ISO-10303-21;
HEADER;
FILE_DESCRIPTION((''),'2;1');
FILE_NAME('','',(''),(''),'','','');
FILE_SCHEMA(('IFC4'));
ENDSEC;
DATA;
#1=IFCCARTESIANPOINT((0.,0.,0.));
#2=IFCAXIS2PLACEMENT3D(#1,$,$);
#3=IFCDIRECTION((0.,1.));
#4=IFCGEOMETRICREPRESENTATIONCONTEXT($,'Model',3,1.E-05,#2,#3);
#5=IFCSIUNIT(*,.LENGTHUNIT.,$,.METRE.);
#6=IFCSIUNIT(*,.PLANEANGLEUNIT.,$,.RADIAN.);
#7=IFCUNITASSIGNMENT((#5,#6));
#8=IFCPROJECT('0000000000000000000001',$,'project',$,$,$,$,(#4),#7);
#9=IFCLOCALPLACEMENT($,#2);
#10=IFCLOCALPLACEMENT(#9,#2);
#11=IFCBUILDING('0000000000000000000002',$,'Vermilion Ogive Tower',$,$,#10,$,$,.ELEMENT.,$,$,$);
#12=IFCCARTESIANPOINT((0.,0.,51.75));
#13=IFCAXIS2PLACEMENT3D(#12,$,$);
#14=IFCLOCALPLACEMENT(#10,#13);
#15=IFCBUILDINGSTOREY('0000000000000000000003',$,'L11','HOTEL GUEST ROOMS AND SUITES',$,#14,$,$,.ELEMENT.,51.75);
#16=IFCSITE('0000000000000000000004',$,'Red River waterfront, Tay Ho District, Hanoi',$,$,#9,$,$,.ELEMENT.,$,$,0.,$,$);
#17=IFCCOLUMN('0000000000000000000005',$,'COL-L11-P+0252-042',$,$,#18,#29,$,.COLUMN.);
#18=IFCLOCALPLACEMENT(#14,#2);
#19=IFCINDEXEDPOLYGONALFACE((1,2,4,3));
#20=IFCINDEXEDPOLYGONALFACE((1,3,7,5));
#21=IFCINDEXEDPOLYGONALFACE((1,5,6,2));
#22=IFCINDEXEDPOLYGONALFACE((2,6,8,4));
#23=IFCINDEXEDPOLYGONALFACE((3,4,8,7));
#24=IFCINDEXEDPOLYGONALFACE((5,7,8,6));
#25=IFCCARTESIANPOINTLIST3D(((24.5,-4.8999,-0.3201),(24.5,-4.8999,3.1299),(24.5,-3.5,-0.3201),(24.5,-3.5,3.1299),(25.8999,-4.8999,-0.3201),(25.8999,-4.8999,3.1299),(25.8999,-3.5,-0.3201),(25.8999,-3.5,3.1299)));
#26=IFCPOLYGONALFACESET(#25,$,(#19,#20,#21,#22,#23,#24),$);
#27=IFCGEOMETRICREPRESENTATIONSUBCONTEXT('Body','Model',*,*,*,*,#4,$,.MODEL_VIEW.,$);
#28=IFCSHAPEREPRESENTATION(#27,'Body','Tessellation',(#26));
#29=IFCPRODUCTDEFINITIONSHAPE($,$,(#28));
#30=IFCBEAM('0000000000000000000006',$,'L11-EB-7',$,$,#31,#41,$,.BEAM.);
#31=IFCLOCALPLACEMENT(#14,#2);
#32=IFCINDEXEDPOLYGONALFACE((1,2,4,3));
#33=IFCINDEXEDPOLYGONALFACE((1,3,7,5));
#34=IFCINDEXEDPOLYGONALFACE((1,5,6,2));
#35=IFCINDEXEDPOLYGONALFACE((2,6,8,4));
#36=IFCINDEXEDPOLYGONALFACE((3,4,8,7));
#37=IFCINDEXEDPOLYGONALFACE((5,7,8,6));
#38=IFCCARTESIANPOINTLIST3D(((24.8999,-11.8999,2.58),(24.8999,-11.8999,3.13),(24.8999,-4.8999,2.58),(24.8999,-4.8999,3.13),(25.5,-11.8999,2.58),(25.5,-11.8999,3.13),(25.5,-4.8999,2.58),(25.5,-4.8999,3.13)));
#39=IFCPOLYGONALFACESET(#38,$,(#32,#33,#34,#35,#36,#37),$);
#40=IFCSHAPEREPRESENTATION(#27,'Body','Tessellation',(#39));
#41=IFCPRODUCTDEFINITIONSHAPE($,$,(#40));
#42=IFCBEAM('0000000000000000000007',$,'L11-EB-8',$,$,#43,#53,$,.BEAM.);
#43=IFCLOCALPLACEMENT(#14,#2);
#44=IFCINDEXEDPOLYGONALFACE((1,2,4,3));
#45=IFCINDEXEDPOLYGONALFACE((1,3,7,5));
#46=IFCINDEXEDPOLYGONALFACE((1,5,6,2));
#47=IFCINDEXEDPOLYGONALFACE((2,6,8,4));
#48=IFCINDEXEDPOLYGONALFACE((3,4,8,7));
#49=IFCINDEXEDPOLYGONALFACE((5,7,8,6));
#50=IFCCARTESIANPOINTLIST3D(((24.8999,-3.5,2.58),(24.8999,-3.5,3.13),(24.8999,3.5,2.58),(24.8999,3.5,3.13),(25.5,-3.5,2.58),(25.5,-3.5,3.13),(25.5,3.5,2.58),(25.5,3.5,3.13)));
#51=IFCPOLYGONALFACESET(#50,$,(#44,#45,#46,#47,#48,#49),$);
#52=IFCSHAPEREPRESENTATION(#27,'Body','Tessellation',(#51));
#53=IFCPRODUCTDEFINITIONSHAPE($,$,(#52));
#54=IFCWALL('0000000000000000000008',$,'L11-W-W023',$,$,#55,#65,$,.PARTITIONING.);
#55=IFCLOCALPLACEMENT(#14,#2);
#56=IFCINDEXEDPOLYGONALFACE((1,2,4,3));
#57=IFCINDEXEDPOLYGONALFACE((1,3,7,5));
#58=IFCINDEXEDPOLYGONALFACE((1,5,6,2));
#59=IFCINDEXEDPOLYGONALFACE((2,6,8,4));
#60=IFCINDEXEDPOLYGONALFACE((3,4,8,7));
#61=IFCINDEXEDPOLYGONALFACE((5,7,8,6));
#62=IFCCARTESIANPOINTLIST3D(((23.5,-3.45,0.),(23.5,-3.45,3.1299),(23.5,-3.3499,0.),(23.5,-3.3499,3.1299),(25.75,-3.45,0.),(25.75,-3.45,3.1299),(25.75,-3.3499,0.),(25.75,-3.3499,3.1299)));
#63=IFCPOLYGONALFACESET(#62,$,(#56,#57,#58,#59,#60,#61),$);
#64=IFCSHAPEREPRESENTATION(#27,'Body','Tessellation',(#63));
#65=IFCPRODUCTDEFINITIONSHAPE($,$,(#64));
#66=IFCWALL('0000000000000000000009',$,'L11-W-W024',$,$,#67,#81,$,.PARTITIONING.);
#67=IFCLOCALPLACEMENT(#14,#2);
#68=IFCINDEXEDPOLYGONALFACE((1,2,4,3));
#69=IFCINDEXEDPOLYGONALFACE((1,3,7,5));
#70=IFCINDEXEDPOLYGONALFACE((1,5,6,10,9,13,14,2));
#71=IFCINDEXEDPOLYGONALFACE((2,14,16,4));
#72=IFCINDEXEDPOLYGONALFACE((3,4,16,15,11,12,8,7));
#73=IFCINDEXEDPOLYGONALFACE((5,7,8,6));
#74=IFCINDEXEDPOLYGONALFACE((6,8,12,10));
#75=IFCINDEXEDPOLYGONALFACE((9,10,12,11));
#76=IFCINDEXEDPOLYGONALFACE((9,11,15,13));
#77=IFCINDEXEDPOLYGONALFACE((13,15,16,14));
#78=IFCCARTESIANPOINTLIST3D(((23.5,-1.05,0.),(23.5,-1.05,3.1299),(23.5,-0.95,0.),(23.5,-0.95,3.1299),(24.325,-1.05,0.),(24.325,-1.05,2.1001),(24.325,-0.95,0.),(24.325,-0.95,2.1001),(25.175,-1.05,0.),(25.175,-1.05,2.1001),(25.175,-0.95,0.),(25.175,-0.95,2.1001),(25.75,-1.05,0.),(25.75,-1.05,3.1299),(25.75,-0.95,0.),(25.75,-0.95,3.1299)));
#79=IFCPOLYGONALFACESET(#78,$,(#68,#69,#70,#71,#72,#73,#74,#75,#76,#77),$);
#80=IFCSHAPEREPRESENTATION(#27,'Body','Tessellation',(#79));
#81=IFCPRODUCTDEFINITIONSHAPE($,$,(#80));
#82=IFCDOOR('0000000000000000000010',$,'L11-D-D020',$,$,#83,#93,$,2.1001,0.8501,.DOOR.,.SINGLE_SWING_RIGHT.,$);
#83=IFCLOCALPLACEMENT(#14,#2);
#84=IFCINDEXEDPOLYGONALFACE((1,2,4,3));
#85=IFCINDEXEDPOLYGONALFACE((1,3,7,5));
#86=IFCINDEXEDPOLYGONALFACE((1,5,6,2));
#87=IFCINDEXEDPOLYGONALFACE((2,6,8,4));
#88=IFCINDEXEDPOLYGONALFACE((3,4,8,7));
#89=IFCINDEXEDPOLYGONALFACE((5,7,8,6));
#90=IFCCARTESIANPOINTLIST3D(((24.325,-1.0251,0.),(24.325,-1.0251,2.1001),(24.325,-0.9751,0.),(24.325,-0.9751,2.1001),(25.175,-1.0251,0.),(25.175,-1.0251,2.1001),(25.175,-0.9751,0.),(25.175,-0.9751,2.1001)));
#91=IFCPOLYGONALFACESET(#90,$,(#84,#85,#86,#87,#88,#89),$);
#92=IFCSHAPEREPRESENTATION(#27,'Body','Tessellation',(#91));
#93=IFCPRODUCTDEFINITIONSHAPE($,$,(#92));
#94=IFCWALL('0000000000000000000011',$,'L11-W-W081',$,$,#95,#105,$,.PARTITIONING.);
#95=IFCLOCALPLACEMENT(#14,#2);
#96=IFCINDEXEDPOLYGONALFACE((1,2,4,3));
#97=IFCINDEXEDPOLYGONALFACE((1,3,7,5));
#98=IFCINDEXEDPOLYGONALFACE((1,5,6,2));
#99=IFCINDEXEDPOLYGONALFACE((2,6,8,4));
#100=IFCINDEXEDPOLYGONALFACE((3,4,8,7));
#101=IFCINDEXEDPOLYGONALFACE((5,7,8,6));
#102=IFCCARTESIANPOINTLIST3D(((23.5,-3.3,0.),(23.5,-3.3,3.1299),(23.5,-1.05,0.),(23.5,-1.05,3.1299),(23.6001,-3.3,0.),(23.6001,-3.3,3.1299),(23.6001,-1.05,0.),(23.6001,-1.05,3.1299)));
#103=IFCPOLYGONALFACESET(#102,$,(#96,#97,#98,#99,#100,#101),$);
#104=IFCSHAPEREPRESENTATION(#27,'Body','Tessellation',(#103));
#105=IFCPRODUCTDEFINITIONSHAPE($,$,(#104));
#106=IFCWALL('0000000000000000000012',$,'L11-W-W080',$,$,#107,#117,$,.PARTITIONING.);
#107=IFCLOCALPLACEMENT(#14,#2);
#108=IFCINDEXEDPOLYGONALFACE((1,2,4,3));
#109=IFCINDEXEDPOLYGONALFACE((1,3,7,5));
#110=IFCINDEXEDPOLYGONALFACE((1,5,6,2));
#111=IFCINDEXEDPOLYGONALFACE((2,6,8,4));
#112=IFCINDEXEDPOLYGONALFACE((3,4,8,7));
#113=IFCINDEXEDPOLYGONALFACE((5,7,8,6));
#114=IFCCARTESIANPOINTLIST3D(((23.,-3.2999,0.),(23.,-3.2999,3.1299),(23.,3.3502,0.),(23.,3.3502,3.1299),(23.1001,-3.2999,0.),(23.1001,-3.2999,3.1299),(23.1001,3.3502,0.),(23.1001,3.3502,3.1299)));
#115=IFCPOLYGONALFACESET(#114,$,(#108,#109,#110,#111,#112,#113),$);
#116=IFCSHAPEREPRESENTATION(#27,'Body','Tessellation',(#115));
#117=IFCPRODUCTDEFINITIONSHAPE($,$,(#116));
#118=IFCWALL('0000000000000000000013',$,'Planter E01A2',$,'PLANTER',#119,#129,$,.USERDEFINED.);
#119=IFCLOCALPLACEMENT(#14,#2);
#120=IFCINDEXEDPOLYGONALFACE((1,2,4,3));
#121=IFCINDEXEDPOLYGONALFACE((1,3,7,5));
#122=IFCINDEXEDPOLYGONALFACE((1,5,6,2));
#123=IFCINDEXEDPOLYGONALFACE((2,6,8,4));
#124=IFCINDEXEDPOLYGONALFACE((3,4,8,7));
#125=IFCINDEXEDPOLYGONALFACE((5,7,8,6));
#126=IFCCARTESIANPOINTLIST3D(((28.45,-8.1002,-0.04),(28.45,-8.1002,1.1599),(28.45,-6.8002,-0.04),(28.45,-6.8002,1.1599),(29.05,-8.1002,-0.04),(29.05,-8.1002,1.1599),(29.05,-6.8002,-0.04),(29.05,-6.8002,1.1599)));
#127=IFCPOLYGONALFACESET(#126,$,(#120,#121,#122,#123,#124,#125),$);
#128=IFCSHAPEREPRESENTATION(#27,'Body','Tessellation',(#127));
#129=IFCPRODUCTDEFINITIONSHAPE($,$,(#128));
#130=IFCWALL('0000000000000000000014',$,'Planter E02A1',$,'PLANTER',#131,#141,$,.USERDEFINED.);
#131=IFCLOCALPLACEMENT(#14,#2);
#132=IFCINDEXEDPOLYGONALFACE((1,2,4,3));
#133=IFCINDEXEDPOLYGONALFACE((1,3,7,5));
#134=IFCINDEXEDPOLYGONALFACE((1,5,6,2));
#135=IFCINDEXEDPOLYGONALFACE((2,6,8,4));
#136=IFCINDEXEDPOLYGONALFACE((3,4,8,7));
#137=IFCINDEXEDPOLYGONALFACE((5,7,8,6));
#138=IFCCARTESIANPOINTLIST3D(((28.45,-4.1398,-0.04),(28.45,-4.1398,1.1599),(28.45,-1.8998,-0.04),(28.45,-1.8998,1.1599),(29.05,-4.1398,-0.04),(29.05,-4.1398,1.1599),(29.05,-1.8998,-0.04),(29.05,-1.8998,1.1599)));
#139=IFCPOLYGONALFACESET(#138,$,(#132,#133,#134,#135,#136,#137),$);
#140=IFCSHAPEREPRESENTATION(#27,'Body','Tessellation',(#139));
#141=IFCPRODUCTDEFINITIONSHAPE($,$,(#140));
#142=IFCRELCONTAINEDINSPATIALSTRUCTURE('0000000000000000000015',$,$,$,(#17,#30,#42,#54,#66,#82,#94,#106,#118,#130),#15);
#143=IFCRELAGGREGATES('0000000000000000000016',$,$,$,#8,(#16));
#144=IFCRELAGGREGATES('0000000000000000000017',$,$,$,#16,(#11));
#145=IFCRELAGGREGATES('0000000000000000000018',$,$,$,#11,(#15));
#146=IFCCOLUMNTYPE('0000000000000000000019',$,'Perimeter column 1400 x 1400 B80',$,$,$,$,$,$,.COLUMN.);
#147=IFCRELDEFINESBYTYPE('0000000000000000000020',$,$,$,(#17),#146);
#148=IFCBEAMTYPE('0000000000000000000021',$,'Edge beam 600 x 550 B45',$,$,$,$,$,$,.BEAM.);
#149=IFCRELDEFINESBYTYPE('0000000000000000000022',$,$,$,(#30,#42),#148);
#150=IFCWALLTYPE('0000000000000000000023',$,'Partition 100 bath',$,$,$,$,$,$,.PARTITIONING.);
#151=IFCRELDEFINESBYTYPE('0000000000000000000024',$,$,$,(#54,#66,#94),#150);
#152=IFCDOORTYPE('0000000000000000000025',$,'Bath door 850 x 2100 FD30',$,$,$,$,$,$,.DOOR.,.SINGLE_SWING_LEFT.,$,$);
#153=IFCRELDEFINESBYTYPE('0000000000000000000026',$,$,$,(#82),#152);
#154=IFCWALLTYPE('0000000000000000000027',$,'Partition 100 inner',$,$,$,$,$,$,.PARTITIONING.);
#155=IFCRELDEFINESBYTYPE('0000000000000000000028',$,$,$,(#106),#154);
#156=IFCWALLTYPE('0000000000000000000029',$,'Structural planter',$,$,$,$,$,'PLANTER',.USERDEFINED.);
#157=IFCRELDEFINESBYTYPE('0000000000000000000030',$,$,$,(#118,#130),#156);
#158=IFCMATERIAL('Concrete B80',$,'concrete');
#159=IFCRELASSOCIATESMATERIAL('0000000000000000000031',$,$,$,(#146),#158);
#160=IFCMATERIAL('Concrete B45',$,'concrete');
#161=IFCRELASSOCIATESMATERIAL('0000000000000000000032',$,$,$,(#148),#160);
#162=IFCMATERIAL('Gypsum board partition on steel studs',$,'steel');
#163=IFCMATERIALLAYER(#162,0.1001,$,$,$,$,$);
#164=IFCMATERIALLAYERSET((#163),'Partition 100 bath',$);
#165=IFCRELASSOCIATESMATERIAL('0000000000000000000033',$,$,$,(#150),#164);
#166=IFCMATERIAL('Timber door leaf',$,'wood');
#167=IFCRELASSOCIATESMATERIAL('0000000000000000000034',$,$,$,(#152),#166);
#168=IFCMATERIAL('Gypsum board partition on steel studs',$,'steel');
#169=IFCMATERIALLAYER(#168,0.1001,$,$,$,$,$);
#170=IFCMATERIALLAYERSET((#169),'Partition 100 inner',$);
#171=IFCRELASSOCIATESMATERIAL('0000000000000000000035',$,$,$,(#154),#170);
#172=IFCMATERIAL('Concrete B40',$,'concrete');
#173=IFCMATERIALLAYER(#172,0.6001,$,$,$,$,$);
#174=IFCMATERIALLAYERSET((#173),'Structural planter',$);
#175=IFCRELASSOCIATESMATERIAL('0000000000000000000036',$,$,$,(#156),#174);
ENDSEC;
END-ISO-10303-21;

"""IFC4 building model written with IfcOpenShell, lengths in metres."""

from ifc_helpers import new_model, si_unit, direction, frame, frame_2d, origin, origin_2d, place, context, subcontext, project, spatial, rectangle, extrude, material, layer, layer_set, material_profile, profile_set, type_object, element, fill, save


model = new_model("IFC4")

# Units and contexts
model_context = context("Model", 3, precision=1e-05, world=origin(), true_north=direction((0.0, 1.0)))
body_context = subcontext(model_context, "Body", "Model", "MODEL_VIEW")
ifc_project = project(units=[si_unit("LENGTHUNIT", "METRE"), si_unit("PLANEANGLEUNIT", "RADIAN")], contexts=[model_context])

# Site, building, storey
site_placement = place(None, origin())
site = spatial("IfcSite", under=ifc_project, at=site_placement, Name="Red River waterfront, Tay Ho District, Hanoi", CompositionType="ELEMENT", RefElevation=0.0)
building_placement = place(site_placement, origin())
building = spatial("IfcBuilding", under=site, at=building_placement, Name="Vermilion Ogive Tower", CompositionType="ELEMENT")
storey_placement = place(building_placement, frame((0.0, 0.0, 51.75)))
storey = spatial("IfcBuildingStorey", under=building, at=storey_placement, Name="L11", Description="HOTEL GUEST ROOMS AND SUITES", CompositionType="ELEMENT", Elevation=51.75)

# Column
ifc_material_1 = material(Name="Concrete B80", Category="concrete")
ifc_material_profile_1 = material_profile(ifc_material_1, rectangle(XDim=1.3999, YDim=1.3999, at=origin_2d()), Name="1400 x 1400")
ifc_profile_set_1 = profile_set([ifc_material_profile_1], Name="Concrete B80")
column_type = type_object("IfcColumnType", Name="Perimeter column 1400 x 1400 B80", PredefinedType="COLUMN", material=ifc_profile_set_1)
column_placement = place(storey_placement, frame((25.2, -4.2, -0.3201), z_axis=(0.0, 0.0, 1.0), x_axis=(1.0, 0.0, 0.0)))
element("IfcColumn", 1, at=column_placement, inside=storey, type_object=column_type, Name="COL-L11-P+0252-042", PredefinedType="COLUMN", context=body_context, shape_type="SweptSolid", body=[
    extrude(rectangle(XDim=1.3999, YDim=1.3999, at=origin_2d()), origin(), (0.0, 0.0, 1.0), 3.45),
])

# Beams
ifc_material_2 = material(Name="Concrete B45", Category="concrete")
ifc_material_profile_2 = material_profile(ifc_material_2, rectangle(XDim=0.6001, YDim=0.55, at=origin_2d()), Name="600 x 550")
ifc_profile_set_2 = profile_set([ifc_material_profile_2], Name="Concrete B45")
beam_type = type_object("IfcBeamType", Name="Edge beam 600 x 550 B45", PredefinedType="BEAM", material=ifc_profile_set_2)
for number, where, z_axis, x_axis, name in (
    (2, (25.2, -11.8999, 2.855), (0.0, 1.0, 0.0), (-1.0, 0.0, 0.0), "L11-EB-7"),
    (3, (25.2, -3.5, 2.855), (0.0, 1.0, 0.0), (-1.0, 0.0, 0.0), "L11-EB-8"),
):
    element("IfcBeam", number, at=place(storey_placement, frame(where, z_axis=z_axis, x_axis=x_axis)), inside=storey, type_object=beam_type, Name=name, PredefinedType="BEAM", context=body_context, shape_type="SweptSolid", body=[
        extrude(rectangle(XDim=0.6001, YDim=0.55, at=origin_2d()), origin(), (0.0, 0.0, 1.0), 7.0),
    ])

# Wall
ifc_material_3 = material(Name="Gypsum board partition on steel studs", Category="steel")
ifc_layer_1 = layer(ifc_material_3, 0.1001)
ifc_layer_set_1 = layer_set([ifc_layer_1], Name="Partition 100 bath")
wall_type_1 = type_object("IfcWallType", Name="Partition 100 bath", PredefinedType="PARTITIONING", material=ifc_layer_set_1)
wall_1_placement = place(storey_placement, frame((23.5, -3.3999, 0.0), z_axis=(0.0, 0.0, 1.0), x_axis=(1.0, 0.0, 0.0)))
element("IfcWall", 4, at=wall_1_placement, inside=storey, type_object=wall_type_1, Name="L11-W-W023", PredefinedType="PARTITIONING", context=body_context, shape_type="SweptSolid", body=[
    extrude(rectangle(XDim=2.25, YDim=0.1001, at=frame_2d((1.125, 0.0))), origin(), (0.0, 0.0, 1.0), 3.1299),
])

# Wall, opening, door
wall_2_placement = place(storey_placement, frame((23.5, -1.0, 0.0), z_axis=(0.0, 0.0, 1.0), x_axis=(1.0, 0.0, 0.0)))
wall_2 = element("IfcWall", 5, at=wall_2_placement, inside=storey, type_object=wall_type_1, Name="L11-W-W024", PredefinedType="PARTITIONING", context=body_context, shape_type="SweptSolid", body=[
    extrude(rectangle(XDim=2.25, YDim=0.1001, at=frame_2d((1.125, 0.0))), origin(), (0.0, 0.0, 1.0), 3.1299),
])
opening_1_placement = place(wall_2_placement, frame((0.825, 0.0, 0.0)))
opening_1 = element("IfcOpeningElement", 6, at=opening_1_placement, cuts=wall_2, PredefinedType="OPENING", context=body_context, shape_type="SweptSolid", body=[
    extrude(rectangle(XDim=0.8501, YDim=2.1001, at=frame_2d((0.425, 1.05))), frame((0.0, 0.0601, 0.0), z_axis=(0.0, -1.0, 0.0), x_axis=(1.0, 0.0, 0.0)), (0.0, 0.0, 1.0), 0.1201),
])
ifc_material_4 = material(Name="Timber door leaf", Category="wood")
door_type_1 = type_object("IfcDoorType", Name="Bath door 850 x 2100 FD30", OperationType="SINGLE_SWING_LEFT", PredefinedType="DOOR", material=ifc_material_4)
door_1_placement = place(opening_1_placement, origin())
door_1 = element("IfcDoor", 7, at=door_1_placement, inside=storey, type_object=door_type_1, Name="L11-D-D020", OperationType="SINGLE_SWING_RIGHT", OverallHeight=2.1001, OverallWidth=0.8501, PredefinedType="DOOR", context=body_context, shape_type="SweptSolid", body=[
    extrude(rectangle(XDim=0.8501, YDim=2.1001, at=frame_2d((0.425, 1.05))), frame((0.0, 0.0249, 0.0), z_axis=(0.0, -1.0, 0.0), x_axis=(1.0, 0.0, 0.0)), (0.0, 0.0, 1.0), 0.05),
])
fill(opening_1, door_1)

# Walls
wall_3_placement = place(storey_placement, frame((23.55, -3.3, 0.0), z_axis=(0.0, 0.0, 1.0), x_axis=(0.0, 1.0, 0.0)))
element("IfcWall", 8, at=wall_3_placement, inside=storey, type_object=wall_type_1, Name="L11-W-W081", PredefinedType="PARTITIONING", context=body_context, shape_type="SweptSolid", body=[
    extrude(rectangle(XDim=2.25, YDim=0.1001, at=frame_2d((1.125, 0.0))), origin(), (0.0, 0.0, 1.0), 3.1299),
])
ifc_material_5 = material(Name="Gypsum board partition on steel studs", Category="steel")
ifc_layer_2 = layer(ifc_material_5, 0.1001)
ifc_layer_set_2 = layer_set([ifc_layer_2], Name="Partition 100 inner")
wall_type_2 = type_object("IfcWallType", Name="Partition 100 inner", PredefinedType="PARTITIONING", material=ifc_layer_set_2)
wall_4_placement = place(storey_placement, frame((23.05, -3.3, 0.0), z_axis=(0.0, 0.0, 1.0), x_axis=(0.0, 1.0, 0.0)))
element("IfcWall", 9, at=wall_4_placement, inside=storey, type_object=wall_type_2, Name="L11-W-W080", PredefinedType="PARTITIONING", context=body_context, shape_type="SweptSolid", body=[
    extrude(rectangle(XDim=6.6501, YDim=0.1001, at=frame_2d((3.3252, 0.0))), origin(), (0.0, 0.0, 1.0), 3.1299),
])
ifc_material_6 = material(Name="Concrete B40", Category="concrete")
ifc_layer_3 = layer(ifc_material_6, 0.6001)
ifc_layer_set_3 = layer_set([ifc_layer_3], Name="Structural planter")
wall_type_3 = type_object("IfcWallType", Name="Structural planter", ElementType="PLANTER", PredefinedType="USERDEFINED", material=ifc_layer_set_3)
wall_5_placement = place(storey_placement, frame((28.75, -8.1001, -0.04), z_axis=(0.0, 0.0, 1.0), x_axis=(0.0, 1.0, 0.0)))
element("IfcWall", 10, at=wall_5_placement, inside=storey, type_object=wall_type_3, Name="Planter E01A2", ObjectType="PLANTER", PredefinedType="USERDEFINED", context=body_context, shape_type="SweptSolid", body=[
    extrude(rectangle(XDim=1.3, YDim=0.6001, at=frame_2d((0.6499, 0.0))), origin(), (0.0, 0.0, 1.0), 1.2),
])
wall_6_placement = place(storey_placement, frame((28.75, -4.1399, -0.04), z_axis=(0.0, 0.0, 1.0), x_axis=(0.0, 1.0, 0.0)))
element("IfcWall", 11, at=wall_6_placement, inside=storey, type_object=wall_type_3, Name="Planter E02A1", ObjectType="PLANTER", PredefinedType="USERDEFINED", context=body_context, shape_type="SweptSolid", body=[
    extrude(rectangle(XDim=2.24, YDim=0.6001, at=frame_2d((1.1201, 0.0))), origin(), (0.0, 0.0, 1.0), 1.2),
])

save(model, "model.ifc")
